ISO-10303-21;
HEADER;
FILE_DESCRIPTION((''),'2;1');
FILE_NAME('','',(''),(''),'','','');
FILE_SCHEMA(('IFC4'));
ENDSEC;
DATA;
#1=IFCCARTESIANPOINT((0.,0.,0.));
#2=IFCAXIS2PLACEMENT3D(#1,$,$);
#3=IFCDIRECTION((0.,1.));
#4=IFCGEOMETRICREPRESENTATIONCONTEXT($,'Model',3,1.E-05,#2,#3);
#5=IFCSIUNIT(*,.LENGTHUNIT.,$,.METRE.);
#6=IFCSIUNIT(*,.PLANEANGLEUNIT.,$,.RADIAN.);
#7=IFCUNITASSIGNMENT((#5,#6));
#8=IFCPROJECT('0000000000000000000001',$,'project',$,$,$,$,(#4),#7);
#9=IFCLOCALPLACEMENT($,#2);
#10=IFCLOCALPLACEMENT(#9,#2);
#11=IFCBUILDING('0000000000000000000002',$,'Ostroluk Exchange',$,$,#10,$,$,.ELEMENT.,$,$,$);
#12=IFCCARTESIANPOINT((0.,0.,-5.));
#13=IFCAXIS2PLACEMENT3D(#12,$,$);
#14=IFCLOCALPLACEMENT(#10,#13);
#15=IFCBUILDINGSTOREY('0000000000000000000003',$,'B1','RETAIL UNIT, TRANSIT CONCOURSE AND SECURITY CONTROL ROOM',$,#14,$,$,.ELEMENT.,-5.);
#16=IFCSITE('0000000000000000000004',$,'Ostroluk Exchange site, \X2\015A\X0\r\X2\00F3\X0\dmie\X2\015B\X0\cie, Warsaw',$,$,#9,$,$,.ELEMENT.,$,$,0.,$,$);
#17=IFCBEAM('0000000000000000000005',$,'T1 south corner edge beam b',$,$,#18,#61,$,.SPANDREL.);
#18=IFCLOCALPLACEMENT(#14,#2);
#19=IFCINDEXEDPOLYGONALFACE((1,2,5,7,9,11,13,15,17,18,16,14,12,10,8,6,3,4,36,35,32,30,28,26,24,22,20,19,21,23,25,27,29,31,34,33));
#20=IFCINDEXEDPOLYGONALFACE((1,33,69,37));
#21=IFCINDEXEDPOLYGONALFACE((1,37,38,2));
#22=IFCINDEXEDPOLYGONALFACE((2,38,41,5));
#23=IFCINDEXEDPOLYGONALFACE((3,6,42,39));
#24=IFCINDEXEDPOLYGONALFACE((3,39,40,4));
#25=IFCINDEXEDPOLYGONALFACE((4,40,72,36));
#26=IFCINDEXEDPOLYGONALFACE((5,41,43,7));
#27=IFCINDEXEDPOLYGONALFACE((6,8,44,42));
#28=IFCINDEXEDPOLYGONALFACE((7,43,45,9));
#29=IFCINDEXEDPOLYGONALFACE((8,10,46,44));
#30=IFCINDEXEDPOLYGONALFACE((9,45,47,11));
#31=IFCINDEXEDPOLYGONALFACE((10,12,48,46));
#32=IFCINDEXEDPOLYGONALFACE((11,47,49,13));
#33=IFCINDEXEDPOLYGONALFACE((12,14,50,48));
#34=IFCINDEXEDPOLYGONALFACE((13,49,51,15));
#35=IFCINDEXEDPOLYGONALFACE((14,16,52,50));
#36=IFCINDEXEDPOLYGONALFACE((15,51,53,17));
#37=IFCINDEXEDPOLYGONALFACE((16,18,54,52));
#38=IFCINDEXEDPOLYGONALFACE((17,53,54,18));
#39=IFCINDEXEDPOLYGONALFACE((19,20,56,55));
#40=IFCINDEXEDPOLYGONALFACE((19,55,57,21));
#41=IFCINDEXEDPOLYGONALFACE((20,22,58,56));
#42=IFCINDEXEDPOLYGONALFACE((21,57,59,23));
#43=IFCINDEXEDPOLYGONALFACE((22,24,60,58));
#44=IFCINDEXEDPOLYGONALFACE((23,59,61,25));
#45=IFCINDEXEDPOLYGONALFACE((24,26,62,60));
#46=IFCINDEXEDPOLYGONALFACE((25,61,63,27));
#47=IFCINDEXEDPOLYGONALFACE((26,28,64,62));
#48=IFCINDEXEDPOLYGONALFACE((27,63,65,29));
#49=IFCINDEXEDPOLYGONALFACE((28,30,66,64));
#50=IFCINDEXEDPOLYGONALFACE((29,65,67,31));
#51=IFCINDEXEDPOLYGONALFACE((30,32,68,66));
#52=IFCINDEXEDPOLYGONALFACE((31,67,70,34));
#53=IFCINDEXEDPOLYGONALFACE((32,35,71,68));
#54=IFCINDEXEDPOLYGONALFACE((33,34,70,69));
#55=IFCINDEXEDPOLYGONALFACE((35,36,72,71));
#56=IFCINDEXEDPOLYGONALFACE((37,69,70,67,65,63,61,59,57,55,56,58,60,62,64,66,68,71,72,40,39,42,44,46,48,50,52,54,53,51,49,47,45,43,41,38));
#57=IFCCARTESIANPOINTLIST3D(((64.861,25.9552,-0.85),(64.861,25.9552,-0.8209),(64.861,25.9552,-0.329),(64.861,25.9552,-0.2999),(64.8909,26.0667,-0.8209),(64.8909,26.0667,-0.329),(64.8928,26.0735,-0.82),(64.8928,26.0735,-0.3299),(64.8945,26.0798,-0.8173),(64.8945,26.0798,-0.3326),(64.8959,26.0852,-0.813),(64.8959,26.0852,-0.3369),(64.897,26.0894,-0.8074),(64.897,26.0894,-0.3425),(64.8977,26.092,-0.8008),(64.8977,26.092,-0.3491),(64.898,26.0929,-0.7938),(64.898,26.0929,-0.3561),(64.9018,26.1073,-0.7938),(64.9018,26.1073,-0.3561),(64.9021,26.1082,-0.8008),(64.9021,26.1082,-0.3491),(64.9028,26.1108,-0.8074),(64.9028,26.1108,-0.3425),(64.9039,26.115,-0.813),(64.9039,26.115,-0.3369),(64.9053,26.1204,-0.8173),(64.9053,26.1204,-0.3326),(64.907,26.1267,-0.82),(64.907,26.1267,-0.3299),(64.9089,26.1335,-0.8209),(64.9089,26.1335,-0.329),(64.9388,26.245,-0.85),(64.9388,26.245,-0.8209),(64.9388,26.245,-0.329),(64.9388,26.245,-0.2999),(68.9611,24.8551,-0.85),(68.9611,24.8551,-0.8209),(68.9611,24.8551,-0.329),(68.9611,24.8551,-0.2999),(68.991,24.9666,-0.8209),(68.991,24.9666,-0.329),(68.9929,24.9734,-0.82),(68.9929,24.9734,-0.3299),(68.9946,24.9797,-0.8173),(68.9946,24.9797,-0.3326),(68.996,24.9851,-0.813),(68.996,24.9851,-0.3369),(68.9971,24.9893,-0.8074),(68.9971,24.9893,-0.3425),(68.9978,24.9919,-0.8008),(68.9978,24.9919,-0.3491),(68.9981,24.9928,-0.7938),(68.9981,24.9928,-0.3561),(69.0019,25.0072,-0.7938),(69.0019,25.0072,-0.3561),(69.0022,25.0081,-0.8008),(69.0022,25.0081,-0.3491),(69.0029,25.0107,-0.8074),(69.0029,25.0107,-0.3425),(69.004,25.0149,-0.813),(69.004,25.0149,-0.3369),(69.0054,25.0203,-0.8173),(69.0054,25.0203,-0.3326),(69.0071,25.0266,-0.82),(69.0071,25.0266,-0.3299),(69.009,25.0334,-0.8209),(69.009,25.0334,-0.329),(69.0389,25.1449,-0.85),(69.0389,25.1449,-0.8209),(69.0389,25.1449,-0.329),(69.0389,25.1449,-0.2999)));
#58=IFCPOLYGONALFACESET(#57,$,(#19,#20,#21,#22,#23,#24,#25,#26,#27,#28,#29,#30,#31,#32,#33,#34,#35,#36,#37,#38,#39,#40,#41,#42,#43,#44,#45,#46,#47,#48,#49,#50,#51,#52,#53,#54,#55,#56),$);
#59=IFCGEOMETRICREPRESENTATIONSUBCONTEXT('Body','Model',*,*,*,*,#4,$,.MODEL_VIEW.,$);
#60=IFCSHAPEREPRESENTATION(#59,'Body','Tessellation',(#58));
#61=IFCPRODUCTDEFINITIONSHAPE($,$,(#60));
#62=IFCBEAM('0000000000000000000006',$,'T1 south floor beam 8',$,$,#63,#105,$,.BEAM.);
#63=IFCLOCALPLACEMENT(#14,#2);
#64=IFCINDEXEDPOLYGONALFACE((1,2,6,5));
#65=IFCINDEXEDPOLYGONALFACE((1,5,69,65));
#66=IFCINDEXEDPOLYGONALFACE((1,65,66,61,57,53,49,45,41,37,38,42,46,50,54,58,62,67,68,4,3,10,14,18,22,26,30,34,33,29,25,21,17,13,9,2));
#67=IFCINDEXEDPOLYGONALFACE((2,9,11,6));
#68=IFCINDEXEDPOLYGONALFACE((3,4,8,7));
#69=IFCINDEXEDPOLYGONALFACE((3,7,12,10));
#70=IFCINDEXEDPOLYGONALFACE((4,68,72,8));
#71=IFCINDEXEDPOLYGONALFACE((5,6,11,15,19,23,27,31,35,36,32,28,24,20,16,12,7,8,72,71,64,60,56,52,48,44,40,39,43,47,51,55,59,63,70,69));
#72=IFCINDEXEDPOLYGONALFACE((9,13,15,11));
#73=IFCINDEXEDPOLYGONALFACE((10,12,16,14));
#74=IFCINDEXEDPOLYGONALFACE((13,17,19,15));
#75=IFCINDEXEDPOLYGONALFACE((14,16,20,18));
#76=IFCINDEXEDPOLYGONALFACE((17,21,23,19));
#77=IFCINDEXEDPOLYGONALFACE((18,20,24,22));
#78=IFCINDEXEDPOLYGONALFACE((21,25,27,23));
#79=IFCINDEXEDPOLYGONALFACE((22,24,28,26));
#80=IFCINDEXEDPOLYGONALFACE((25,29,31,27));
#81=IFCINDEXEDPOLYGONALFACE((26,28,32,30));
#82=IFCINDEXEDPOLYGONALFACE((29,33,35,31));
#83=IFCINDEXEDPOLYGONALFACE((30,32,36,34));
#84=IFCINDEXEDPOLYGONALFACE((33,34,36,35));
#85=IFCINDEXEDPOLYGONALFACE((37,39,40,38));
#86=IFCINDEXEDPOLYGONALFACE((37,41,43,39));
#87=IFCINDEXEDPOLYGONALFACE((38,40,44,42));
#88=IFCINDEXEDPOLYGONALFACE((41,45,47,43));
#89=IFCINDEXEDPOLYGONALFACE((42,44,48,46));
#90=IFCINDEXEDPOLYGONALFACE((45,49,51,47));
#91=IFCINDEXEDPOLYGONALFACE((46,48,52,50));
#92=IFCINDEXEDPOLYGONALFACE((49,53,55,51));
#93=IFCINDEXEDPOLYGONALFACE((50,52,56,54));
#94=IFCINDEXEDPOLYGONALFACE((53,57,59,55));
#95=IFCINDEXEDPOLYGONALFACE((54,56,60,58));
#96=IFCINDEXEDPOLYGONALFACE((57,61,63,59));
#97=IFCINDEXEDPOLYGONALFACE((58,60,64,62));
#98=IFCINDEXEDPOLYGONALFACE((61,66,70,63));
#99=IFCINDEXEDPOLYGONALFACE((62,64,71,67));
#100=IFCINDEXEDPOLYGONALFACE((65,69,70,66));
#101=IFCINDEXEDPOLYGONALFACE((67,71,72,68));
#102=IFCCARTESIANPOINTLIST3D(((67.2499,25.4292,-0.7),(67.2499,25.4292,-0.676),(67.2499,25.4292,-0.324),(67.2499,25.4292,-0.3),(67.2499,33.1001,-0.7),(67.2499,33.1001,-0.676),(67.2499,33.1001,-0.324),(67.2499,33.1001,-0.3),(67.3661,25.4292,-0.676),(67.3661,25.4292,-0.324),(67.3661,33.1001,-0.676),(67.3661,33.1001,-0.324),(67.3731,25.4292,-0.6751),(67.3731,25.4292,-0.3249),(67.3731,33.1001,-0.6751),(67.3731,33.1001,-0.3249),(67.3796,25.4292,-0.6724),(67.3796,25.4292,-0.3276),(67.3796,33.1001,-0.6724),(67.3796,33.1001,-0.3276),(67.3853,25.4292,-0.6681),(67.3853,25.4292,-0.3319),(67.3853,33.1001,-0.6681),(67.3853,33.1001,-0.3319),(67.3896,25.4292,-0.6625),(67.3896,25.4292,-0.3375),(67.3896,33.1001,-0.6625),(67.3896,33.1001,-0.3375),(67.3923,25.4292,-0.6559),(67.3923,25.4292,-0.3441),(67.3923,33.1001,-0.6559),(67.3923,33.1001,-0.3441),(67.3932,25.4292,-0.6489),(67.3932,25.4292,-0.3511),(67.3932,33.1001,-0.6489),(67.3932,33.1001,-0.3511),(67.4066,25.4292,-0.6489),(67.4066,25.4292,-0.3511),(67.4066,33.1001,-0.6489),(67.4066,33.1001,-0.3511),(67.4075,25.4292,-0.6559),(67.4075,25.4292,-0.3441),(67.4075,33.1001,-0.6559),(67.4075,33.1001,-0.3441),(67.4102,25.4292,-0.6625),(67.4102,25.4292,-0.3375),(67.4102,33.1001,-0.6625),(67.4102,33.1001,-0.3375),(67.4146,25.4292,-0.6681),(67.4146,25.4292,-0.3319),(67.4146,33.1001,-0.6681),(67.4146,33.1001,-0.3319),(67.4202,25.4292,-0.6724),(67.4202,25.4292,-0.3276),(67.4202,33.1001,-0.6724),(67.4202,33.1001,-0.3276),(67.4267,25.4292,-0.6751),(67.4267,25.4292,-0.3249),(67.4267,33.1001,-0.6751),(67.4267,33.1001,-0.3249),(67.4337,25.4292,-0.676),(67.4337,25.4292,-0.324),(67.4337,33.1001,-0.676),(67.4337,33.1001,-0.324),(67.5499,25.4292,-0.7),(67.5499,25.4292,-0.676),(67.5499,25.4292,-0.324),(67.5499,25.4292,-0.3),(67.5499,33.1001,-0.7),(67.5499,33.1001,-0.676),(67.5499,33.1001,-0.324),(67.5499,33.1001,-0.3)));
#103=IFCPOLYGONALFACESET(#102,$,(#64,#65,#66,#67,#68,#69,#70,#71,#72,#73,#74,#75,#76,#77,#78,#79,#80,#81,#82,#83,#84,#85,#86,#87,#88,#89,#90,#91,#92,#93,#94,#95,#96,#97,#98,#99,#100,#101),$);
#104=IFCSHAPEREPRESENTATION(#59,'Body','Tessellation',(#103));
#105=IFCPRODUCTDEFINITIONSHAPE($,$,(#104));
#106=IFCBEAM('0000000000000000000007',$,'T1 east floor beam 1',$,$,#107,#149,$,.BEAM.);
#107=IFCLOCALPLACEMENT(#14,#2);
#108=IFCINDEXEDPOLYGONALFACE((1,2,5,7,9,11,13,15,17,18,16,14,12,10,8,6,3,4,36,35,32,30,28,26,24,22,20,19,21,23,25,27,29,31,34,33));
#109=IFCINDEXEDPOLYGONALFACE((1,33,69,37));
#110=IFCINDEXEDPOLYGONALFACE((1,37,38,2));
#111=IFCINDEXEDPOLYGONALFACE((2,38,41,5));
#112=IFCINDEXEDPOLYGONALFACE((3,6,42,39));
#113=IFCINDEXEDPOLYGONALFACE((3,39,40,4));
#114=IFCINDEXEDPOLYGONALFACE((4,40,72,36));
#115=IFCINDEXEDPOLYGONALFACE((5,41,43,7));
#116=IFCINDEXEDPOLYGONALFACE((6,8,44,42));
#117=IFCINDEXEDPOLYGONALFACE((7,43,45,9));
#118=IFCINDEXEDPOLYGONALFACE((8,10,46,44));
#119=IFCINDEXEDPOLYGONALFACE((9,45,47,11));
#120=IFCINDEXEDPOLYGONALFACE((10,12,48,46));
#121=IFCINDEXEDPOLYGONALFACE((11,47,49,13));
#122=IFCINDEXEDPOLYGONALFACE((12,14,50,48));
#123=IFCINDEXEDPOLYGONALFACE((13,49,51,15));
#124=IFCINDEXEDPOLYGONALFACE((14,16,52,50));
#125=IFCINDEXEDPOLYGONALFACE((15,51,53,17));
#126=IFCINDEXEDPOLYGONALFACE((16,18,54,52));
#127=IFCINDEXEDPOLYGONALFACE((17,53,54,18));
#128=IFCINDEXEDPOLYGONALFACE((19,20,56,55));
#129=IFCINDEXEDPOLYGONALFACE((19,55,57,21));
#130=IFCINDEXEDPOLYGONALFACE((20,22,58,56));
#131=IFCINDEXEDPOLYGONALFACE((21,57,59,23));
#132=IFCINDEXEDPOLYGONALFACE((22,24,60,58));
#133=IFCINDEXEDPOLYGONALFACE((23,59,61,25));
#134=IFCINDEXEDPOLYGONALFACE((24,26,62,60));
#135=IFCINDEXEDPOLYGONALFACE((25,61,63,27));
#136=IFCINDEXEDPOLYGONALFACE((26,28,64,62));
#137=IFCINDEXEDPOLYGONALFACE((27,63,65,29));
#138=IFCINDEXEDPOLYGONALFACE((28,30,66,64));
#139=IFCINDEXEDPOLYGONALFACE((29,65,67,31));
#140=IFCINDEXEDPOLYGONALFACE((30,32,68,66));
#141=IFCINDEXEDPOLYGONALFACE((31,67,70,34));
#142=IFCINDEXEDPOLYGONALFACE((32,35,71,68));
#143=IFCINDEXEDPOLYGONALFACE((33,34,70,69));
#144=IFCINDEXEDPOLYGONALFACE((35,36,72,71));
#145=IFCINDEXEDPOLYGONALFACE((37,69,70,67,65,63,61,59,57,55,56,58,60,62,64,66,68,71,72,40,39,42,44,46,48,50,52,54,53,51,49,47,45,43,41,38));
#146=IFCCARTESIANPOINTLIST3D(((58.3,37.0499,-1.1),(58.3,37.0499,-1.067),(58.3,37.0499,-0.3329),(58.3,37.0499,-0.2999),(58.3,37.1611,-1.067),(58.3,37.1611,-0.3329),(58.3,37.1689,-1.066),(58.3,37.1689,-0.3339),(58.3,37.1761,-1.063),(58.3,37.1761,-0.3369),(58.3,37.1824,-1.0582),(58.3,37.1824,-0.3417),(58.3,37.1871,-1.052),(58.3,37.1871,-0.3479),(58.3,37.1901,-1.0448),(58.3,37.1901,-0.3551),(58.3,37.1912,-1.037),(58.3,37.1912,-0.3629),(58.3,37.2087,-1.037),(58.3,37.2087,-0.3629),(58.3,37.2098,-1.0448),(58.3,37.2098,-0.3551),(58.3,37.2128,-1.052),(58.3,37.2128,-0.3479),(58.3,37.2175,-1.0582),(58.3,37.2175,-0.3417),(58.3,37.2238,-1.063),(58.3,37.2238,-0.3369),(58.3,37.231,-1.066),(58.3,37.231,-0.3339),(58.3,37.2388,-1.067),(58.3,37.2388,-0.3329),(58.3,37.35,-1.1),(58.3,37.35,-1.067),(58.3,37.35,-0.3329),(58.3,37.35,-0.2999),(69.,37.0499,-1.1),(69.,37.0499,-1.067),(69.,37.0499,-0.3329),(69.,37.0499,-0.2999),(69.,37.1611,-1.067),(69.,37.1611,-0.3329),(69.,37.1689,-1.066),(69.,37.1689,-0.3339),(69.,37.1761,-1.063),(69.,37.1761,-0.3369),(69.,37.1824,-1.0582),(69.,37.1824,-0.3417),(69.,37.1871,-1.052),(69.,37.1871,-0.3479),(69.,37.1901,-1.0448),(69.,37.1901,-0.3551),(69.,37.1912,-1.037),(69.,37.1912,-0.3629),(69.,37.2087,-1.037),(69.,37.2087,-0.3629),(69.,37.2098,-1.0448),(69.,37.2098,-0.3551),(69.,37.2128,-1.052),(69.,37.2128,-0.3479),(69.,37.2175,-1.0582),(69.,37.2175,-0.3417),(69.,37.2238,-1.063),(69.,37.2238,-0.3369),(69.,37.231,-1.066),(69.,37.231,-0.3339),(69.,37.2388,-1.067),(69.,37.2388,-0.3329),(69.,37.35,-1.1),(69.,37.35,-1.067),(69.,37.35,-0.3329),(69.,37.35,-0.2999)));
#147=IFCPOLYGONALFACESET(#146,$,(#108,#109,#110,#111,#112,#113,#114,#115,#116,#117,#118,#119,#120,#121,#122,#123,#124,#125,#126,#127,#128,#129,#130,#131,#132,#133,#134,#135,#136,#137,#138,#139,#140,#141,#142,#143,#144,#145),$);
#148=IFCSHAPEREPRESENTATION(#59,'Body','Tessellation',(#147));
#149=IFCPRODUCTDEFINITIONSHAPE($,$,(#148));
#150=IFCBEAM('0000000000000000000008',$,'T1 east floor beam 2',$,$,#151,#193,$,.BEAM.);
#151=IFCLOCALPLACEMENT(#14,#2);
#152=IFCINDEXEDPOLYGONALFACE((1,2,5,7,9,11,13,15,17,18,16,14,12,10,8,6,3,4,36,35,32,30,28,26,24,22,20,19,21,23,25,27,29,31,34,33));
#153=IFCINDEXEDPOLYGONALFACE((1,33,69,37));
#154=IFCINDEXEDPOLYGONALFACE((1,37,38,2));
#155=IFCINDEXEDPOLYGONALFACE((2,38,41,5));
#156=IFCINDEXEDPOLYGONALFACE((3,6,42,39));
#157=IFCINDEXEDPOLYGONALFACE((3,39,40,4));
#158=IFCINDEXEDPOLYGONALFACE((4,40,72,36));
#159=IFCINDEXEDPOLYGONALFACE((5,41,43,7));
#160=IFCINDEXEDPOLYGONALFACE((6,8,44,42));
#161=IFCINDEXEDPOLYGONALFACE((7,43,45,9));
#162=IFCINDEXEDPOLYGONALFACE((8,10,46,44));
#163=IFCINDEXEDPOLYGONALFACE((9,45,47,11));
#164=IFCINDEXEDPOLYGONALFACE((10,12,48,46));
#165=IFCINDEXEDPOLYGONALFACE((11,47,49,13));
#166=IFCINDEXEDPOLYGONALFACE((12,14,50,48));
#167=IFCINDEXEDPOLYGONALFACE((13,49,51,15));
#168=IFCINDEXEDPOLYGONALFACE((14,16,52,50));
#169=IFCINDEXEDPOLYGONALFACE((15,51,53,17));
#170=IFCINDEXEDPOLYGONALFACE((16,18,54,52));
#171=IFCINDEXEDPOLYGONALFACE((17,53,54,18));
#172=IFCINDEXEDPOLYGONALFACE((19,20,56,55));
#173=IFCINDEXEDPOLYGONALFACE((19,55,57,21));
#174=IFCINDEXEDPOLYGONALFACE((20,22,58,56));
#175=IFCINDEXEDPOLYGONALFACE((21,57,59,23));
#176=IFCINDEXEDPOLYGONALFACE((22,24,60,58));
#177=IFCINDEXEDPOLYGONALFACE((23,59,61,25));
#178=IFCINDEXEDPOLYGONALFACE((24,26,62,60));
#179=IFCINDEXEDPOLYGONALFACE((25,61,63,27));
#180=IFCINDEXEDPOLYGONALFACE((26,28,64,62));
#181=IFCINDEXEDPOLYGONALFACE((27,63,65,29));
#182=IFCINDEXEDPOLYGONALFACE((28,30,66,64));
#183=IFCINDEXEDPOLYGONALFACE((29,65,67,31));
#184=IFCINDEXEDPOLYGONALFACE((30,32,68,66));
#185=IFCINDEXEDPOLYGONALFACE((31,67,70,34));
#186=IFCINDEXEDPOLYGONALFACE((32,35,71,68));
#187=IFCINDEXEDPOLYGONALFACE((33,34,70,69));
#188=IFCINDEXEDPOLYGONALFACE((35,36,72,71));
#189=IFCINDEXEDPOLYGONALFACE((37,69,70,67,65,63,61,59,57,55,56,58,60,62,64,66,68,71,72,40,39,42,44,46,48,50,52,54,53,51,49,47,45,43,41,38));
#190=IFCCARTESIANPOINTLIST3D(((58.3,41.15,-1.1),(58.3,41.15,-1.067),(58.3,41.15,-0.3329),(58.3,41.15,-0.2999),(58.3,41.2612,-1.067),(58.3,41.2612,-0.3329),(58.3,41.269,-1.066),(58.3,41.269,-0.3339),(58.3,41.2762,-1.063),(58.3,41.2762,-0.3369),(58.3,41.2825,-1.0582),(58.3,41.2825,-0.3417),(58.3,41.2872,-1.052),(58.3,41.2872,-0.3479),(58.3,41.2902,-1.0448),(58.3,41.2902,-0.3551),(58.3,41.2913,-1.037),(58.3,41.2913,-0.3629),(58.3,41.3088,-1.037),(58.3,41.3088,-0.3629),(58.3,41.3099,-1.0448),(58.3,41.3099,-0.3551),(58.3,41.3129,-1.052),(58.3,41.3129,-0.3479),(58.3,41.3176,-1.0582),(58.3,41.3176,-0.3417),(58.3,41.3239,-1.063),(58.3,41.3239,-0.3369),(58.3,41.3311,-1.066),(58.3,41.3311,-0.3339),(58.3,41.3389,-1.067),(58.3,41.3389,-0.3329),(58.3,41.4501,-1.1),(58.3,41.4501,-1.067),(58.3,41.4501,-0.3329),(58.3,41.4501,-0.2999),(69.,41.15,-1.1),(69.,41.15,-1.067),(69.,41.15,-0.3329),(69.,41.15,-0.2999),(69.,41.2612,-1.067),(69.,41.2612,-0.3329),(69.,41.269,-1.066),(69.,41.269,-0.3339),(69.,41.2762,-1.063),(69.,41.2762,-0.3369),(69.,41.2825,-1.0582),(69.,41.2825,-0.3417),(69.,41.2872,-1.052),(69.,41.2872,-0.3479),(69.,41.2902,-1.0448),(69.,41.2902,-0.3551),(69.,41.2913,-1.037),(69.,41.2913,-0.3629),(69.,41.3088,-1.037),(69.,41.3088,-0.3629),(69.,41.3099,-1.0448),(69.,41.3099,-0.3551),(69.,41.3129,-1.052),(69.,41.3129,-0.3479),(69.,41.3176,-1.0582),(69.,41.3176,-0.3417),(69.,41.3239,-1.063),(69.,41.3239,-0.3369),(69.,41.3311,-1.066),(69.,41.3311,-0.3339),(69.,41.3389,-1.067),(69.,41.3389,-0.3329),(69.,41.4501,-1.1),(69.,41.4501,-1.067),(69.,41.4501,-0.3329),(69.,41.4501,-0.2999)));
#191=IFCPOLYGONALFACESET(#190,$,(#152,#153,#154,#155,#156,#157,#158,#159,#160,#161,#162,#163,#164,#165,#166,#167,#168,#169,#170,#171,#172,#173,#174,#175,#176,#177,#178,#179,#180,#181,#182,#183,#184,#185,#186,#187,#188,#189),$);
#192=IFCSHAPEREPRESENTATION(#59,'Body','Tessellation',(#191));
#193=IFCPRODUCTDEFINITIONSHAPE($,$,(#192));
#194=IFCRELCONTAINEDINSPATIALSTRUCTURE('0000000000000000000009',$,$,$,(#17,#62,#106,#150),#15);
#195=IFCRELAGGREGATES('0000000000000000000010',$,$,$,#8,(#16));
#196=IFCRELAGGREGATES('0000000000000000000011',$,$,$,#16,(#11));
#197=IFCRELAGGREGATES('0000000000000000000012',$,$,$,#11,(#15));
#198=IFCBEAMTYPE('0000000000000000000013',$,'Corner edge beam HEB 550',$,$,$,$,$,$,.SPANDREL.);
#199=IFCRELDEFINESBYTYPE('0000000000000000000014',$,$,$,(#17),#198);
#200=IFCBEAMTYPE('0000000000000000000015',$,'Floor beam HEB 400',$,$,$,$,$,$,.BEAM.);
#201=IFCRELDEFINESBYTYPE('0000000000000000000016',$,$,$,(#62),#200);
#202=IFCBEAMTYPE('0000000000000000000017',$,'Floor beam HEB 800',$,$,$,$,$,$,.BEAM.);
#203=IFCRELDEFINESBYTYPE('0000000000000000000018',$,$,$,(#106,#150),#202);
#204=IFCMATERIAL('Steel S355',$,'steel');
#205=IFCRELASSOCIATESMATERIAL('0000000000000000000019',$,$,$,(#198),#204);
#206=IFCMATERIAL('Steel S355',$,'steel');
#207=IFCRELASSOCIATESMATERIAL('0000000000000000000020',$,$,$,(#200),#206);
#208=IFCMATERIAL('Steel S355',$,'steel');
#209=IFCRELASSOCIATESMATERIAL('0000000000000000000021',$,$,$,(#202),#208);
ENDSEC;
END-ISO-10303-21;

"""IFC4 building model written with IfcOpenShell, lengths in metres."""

from ifc_helpers import new_model, si_unit, direction, frame, origin, origin_2d, place, context, subcontext, project, spatial, i_section, extrude, material, material_profile, profile_set, type_object, element, save


model = new_model("IFC4")

# Units and contexts
model_context = context("Model", 3, precision=1e-05, world=origin(), true_north=direction((0.0, 1.0)))
body_context = subcontext(model_context, "Body", "Model", "MODEL_VIEW")
ifc_project = project(units=[si_unit("LENGTHUNIT", "METRE"), si_unit("PLANEANGLEUNIT", "RADIAN")], contexts=[model_context])

# Site, building, storey
site_placement = place(None, origin())
site = spatial("IfcSite", under=ifc_project, at=site_placement, Name="Ostroluk Exchange site, Śródmieście, Warsaw", CompositionType="ELEMENT", RefElevation=0.0)
building_placement = place(site_placement, origin())
building = spatial("IfcBuilding", under=site, at=building_placement, Name="Ostroluk Exchange", CompositionType="ELEMENT")
storey_placement = place(building_placement, frame((0.0, 0.0, -5.0)))
storey = spatial("IfcBuildingStorey", under=building, at=storey_placement, Name="B1", Description="RETAIL UNIT, TRANSIT CONCOURSE AND SECURITY CONTROL ROOM", CompositionType="ELEMENT", Elevation=-5.0)

# Beams
ifc_material_1 = material(Name="Steel S355", Category="steel")
ifc_material_profile_1 = material_profile(ifc_material_1, i_section(OverallWidth=0.3, OverallDepth=0.55, WebThickness=0.0149, FlangeThickness=0.0291, FilletRadius=0.0271, at=origin_2d()), Name="HEB 550")
ifc_profile_set_1 = profile_set([ifc_material_profile_1], Name="Steel S355")
beam_type_1 = type_object("IfcBeamType", Name="Corner edge beam HEB 550", PredefinedType="SPANDREL", material=ifc_profile_set_1)
beam_1_placement = place(storey_placement, frame((64.8999, 26.1001, -0.575), z_axis=(0.965839, -0.259144, 0.0), x_axis=(0.259144, 0.965839, 0.0)))
element("IfcBeam", 1, at=beam_1_placement, inside=storey, type_object=beam_type_1, Name="T1 south corner edge beam b", PredefinedType="SPANDREL", context=body_context, shape_type="SweptSolid", body=[
    extrude(i_section(OverallWidth=0.3, OverallDepth=0.55, WebThickness=0.0149, FlangeThickness=0.0291, FilletRadius=0.0271, at=origin_2d()), origin(), (0.0, 0.0, 1.0), 4.2451),
])
ifc_material_2 = material(Name="Steel S355", Category="steel")
ifc_material_profile_2 = material_profile(ifc_material_2, i_section(OverallWidth=0.3, OverallDepth=0.3999, WebThickness=0.0134, FlangeThickness=0.0239, FilletRadius=0.0271, at=origin_2d()), Name="HEB 400")
ifc_profile_set_2 = profile_set([ifc_material_profile_2], Name="Steel S355")
beam_type_2 = type_object("IfcBeamType", Name="Floor beam HEB 400", PredefinedType="BEAM", material=ifc_profile_set_2)
beam_2_placement = place(storey_placement, frame((67.3999, 33.1001, -0.5), z_axis=(0.0, -1.0, 0.0), x_axis=(1.0, 0.0, 0.0)))
element("IfcBeam", 2, at=beam_2_placement, inside=storey, type_object=beam_type_2, Name="T1 south floor beam 8", PredefinedType="BEAM", context=body_context, shape_type="SweptSolid", body=[
    extrude(i_section(OverallWidth=0.3, OverallDepth=0.3999, WebThickness=0.0134, FlangeThickness=0.0239, FilletRadius=0.0271, at=origin_2d()), origin(), (0.0, 0.0, 1.0), 7.6709),
])
ifc_material_3 = material(Name="Steel S355", Category="steel")
ifc_material_profile_3 = material_profile(ifc_material_3, i_section(OverallWidth=0.3, OverallDepth=0.8, WebThickness=0.0176, FlangeThickness=0.033, FilletRadius=0.03, at=origin_2d()), Name="HEB 800")
ifc_profile_set_3 = profile_set([ifc_material_profile_3], Name="Steel S355")
beam_type_3 = type_object("IfcBeamType", Name="Floor beam HEB 800", PredefinedType="BEAM", material=ifc_profile_set_3)
for number, where, z_axis, x_axis, name in (
    (3, (58.3, 37.2, -0.7), (1.0, 0.0, 0.0), (0.0, 1.0, 0.0), "T1 east floor beam 1"),
    (4, (58.3, 41.3, -0.7), (1.0, 0.0, 0.0), (0.0, 1.0, 0.0), "T1 east floor beam 2"),
):
    element("IfcBeam", number, at=place(storey_placement, frame(where, z_axis=z_axis, x_axis=x_axis)), inside=storey, type_object=beam_type_3, Name=name, PredefinedType="BEAM", context=body_context, shape_type="SweptSolid", body=[
        extrude(i_section(OverallWidth=0.3, OverallDepth=0.8, WebThickness=0.0176, FlangeThickness=0.033, FilletRadius=0.03, at=origin_2d()), origin(), (0.0, 0.0, 1.0), 10.7),
    ])

save(model, "model.ifc")
